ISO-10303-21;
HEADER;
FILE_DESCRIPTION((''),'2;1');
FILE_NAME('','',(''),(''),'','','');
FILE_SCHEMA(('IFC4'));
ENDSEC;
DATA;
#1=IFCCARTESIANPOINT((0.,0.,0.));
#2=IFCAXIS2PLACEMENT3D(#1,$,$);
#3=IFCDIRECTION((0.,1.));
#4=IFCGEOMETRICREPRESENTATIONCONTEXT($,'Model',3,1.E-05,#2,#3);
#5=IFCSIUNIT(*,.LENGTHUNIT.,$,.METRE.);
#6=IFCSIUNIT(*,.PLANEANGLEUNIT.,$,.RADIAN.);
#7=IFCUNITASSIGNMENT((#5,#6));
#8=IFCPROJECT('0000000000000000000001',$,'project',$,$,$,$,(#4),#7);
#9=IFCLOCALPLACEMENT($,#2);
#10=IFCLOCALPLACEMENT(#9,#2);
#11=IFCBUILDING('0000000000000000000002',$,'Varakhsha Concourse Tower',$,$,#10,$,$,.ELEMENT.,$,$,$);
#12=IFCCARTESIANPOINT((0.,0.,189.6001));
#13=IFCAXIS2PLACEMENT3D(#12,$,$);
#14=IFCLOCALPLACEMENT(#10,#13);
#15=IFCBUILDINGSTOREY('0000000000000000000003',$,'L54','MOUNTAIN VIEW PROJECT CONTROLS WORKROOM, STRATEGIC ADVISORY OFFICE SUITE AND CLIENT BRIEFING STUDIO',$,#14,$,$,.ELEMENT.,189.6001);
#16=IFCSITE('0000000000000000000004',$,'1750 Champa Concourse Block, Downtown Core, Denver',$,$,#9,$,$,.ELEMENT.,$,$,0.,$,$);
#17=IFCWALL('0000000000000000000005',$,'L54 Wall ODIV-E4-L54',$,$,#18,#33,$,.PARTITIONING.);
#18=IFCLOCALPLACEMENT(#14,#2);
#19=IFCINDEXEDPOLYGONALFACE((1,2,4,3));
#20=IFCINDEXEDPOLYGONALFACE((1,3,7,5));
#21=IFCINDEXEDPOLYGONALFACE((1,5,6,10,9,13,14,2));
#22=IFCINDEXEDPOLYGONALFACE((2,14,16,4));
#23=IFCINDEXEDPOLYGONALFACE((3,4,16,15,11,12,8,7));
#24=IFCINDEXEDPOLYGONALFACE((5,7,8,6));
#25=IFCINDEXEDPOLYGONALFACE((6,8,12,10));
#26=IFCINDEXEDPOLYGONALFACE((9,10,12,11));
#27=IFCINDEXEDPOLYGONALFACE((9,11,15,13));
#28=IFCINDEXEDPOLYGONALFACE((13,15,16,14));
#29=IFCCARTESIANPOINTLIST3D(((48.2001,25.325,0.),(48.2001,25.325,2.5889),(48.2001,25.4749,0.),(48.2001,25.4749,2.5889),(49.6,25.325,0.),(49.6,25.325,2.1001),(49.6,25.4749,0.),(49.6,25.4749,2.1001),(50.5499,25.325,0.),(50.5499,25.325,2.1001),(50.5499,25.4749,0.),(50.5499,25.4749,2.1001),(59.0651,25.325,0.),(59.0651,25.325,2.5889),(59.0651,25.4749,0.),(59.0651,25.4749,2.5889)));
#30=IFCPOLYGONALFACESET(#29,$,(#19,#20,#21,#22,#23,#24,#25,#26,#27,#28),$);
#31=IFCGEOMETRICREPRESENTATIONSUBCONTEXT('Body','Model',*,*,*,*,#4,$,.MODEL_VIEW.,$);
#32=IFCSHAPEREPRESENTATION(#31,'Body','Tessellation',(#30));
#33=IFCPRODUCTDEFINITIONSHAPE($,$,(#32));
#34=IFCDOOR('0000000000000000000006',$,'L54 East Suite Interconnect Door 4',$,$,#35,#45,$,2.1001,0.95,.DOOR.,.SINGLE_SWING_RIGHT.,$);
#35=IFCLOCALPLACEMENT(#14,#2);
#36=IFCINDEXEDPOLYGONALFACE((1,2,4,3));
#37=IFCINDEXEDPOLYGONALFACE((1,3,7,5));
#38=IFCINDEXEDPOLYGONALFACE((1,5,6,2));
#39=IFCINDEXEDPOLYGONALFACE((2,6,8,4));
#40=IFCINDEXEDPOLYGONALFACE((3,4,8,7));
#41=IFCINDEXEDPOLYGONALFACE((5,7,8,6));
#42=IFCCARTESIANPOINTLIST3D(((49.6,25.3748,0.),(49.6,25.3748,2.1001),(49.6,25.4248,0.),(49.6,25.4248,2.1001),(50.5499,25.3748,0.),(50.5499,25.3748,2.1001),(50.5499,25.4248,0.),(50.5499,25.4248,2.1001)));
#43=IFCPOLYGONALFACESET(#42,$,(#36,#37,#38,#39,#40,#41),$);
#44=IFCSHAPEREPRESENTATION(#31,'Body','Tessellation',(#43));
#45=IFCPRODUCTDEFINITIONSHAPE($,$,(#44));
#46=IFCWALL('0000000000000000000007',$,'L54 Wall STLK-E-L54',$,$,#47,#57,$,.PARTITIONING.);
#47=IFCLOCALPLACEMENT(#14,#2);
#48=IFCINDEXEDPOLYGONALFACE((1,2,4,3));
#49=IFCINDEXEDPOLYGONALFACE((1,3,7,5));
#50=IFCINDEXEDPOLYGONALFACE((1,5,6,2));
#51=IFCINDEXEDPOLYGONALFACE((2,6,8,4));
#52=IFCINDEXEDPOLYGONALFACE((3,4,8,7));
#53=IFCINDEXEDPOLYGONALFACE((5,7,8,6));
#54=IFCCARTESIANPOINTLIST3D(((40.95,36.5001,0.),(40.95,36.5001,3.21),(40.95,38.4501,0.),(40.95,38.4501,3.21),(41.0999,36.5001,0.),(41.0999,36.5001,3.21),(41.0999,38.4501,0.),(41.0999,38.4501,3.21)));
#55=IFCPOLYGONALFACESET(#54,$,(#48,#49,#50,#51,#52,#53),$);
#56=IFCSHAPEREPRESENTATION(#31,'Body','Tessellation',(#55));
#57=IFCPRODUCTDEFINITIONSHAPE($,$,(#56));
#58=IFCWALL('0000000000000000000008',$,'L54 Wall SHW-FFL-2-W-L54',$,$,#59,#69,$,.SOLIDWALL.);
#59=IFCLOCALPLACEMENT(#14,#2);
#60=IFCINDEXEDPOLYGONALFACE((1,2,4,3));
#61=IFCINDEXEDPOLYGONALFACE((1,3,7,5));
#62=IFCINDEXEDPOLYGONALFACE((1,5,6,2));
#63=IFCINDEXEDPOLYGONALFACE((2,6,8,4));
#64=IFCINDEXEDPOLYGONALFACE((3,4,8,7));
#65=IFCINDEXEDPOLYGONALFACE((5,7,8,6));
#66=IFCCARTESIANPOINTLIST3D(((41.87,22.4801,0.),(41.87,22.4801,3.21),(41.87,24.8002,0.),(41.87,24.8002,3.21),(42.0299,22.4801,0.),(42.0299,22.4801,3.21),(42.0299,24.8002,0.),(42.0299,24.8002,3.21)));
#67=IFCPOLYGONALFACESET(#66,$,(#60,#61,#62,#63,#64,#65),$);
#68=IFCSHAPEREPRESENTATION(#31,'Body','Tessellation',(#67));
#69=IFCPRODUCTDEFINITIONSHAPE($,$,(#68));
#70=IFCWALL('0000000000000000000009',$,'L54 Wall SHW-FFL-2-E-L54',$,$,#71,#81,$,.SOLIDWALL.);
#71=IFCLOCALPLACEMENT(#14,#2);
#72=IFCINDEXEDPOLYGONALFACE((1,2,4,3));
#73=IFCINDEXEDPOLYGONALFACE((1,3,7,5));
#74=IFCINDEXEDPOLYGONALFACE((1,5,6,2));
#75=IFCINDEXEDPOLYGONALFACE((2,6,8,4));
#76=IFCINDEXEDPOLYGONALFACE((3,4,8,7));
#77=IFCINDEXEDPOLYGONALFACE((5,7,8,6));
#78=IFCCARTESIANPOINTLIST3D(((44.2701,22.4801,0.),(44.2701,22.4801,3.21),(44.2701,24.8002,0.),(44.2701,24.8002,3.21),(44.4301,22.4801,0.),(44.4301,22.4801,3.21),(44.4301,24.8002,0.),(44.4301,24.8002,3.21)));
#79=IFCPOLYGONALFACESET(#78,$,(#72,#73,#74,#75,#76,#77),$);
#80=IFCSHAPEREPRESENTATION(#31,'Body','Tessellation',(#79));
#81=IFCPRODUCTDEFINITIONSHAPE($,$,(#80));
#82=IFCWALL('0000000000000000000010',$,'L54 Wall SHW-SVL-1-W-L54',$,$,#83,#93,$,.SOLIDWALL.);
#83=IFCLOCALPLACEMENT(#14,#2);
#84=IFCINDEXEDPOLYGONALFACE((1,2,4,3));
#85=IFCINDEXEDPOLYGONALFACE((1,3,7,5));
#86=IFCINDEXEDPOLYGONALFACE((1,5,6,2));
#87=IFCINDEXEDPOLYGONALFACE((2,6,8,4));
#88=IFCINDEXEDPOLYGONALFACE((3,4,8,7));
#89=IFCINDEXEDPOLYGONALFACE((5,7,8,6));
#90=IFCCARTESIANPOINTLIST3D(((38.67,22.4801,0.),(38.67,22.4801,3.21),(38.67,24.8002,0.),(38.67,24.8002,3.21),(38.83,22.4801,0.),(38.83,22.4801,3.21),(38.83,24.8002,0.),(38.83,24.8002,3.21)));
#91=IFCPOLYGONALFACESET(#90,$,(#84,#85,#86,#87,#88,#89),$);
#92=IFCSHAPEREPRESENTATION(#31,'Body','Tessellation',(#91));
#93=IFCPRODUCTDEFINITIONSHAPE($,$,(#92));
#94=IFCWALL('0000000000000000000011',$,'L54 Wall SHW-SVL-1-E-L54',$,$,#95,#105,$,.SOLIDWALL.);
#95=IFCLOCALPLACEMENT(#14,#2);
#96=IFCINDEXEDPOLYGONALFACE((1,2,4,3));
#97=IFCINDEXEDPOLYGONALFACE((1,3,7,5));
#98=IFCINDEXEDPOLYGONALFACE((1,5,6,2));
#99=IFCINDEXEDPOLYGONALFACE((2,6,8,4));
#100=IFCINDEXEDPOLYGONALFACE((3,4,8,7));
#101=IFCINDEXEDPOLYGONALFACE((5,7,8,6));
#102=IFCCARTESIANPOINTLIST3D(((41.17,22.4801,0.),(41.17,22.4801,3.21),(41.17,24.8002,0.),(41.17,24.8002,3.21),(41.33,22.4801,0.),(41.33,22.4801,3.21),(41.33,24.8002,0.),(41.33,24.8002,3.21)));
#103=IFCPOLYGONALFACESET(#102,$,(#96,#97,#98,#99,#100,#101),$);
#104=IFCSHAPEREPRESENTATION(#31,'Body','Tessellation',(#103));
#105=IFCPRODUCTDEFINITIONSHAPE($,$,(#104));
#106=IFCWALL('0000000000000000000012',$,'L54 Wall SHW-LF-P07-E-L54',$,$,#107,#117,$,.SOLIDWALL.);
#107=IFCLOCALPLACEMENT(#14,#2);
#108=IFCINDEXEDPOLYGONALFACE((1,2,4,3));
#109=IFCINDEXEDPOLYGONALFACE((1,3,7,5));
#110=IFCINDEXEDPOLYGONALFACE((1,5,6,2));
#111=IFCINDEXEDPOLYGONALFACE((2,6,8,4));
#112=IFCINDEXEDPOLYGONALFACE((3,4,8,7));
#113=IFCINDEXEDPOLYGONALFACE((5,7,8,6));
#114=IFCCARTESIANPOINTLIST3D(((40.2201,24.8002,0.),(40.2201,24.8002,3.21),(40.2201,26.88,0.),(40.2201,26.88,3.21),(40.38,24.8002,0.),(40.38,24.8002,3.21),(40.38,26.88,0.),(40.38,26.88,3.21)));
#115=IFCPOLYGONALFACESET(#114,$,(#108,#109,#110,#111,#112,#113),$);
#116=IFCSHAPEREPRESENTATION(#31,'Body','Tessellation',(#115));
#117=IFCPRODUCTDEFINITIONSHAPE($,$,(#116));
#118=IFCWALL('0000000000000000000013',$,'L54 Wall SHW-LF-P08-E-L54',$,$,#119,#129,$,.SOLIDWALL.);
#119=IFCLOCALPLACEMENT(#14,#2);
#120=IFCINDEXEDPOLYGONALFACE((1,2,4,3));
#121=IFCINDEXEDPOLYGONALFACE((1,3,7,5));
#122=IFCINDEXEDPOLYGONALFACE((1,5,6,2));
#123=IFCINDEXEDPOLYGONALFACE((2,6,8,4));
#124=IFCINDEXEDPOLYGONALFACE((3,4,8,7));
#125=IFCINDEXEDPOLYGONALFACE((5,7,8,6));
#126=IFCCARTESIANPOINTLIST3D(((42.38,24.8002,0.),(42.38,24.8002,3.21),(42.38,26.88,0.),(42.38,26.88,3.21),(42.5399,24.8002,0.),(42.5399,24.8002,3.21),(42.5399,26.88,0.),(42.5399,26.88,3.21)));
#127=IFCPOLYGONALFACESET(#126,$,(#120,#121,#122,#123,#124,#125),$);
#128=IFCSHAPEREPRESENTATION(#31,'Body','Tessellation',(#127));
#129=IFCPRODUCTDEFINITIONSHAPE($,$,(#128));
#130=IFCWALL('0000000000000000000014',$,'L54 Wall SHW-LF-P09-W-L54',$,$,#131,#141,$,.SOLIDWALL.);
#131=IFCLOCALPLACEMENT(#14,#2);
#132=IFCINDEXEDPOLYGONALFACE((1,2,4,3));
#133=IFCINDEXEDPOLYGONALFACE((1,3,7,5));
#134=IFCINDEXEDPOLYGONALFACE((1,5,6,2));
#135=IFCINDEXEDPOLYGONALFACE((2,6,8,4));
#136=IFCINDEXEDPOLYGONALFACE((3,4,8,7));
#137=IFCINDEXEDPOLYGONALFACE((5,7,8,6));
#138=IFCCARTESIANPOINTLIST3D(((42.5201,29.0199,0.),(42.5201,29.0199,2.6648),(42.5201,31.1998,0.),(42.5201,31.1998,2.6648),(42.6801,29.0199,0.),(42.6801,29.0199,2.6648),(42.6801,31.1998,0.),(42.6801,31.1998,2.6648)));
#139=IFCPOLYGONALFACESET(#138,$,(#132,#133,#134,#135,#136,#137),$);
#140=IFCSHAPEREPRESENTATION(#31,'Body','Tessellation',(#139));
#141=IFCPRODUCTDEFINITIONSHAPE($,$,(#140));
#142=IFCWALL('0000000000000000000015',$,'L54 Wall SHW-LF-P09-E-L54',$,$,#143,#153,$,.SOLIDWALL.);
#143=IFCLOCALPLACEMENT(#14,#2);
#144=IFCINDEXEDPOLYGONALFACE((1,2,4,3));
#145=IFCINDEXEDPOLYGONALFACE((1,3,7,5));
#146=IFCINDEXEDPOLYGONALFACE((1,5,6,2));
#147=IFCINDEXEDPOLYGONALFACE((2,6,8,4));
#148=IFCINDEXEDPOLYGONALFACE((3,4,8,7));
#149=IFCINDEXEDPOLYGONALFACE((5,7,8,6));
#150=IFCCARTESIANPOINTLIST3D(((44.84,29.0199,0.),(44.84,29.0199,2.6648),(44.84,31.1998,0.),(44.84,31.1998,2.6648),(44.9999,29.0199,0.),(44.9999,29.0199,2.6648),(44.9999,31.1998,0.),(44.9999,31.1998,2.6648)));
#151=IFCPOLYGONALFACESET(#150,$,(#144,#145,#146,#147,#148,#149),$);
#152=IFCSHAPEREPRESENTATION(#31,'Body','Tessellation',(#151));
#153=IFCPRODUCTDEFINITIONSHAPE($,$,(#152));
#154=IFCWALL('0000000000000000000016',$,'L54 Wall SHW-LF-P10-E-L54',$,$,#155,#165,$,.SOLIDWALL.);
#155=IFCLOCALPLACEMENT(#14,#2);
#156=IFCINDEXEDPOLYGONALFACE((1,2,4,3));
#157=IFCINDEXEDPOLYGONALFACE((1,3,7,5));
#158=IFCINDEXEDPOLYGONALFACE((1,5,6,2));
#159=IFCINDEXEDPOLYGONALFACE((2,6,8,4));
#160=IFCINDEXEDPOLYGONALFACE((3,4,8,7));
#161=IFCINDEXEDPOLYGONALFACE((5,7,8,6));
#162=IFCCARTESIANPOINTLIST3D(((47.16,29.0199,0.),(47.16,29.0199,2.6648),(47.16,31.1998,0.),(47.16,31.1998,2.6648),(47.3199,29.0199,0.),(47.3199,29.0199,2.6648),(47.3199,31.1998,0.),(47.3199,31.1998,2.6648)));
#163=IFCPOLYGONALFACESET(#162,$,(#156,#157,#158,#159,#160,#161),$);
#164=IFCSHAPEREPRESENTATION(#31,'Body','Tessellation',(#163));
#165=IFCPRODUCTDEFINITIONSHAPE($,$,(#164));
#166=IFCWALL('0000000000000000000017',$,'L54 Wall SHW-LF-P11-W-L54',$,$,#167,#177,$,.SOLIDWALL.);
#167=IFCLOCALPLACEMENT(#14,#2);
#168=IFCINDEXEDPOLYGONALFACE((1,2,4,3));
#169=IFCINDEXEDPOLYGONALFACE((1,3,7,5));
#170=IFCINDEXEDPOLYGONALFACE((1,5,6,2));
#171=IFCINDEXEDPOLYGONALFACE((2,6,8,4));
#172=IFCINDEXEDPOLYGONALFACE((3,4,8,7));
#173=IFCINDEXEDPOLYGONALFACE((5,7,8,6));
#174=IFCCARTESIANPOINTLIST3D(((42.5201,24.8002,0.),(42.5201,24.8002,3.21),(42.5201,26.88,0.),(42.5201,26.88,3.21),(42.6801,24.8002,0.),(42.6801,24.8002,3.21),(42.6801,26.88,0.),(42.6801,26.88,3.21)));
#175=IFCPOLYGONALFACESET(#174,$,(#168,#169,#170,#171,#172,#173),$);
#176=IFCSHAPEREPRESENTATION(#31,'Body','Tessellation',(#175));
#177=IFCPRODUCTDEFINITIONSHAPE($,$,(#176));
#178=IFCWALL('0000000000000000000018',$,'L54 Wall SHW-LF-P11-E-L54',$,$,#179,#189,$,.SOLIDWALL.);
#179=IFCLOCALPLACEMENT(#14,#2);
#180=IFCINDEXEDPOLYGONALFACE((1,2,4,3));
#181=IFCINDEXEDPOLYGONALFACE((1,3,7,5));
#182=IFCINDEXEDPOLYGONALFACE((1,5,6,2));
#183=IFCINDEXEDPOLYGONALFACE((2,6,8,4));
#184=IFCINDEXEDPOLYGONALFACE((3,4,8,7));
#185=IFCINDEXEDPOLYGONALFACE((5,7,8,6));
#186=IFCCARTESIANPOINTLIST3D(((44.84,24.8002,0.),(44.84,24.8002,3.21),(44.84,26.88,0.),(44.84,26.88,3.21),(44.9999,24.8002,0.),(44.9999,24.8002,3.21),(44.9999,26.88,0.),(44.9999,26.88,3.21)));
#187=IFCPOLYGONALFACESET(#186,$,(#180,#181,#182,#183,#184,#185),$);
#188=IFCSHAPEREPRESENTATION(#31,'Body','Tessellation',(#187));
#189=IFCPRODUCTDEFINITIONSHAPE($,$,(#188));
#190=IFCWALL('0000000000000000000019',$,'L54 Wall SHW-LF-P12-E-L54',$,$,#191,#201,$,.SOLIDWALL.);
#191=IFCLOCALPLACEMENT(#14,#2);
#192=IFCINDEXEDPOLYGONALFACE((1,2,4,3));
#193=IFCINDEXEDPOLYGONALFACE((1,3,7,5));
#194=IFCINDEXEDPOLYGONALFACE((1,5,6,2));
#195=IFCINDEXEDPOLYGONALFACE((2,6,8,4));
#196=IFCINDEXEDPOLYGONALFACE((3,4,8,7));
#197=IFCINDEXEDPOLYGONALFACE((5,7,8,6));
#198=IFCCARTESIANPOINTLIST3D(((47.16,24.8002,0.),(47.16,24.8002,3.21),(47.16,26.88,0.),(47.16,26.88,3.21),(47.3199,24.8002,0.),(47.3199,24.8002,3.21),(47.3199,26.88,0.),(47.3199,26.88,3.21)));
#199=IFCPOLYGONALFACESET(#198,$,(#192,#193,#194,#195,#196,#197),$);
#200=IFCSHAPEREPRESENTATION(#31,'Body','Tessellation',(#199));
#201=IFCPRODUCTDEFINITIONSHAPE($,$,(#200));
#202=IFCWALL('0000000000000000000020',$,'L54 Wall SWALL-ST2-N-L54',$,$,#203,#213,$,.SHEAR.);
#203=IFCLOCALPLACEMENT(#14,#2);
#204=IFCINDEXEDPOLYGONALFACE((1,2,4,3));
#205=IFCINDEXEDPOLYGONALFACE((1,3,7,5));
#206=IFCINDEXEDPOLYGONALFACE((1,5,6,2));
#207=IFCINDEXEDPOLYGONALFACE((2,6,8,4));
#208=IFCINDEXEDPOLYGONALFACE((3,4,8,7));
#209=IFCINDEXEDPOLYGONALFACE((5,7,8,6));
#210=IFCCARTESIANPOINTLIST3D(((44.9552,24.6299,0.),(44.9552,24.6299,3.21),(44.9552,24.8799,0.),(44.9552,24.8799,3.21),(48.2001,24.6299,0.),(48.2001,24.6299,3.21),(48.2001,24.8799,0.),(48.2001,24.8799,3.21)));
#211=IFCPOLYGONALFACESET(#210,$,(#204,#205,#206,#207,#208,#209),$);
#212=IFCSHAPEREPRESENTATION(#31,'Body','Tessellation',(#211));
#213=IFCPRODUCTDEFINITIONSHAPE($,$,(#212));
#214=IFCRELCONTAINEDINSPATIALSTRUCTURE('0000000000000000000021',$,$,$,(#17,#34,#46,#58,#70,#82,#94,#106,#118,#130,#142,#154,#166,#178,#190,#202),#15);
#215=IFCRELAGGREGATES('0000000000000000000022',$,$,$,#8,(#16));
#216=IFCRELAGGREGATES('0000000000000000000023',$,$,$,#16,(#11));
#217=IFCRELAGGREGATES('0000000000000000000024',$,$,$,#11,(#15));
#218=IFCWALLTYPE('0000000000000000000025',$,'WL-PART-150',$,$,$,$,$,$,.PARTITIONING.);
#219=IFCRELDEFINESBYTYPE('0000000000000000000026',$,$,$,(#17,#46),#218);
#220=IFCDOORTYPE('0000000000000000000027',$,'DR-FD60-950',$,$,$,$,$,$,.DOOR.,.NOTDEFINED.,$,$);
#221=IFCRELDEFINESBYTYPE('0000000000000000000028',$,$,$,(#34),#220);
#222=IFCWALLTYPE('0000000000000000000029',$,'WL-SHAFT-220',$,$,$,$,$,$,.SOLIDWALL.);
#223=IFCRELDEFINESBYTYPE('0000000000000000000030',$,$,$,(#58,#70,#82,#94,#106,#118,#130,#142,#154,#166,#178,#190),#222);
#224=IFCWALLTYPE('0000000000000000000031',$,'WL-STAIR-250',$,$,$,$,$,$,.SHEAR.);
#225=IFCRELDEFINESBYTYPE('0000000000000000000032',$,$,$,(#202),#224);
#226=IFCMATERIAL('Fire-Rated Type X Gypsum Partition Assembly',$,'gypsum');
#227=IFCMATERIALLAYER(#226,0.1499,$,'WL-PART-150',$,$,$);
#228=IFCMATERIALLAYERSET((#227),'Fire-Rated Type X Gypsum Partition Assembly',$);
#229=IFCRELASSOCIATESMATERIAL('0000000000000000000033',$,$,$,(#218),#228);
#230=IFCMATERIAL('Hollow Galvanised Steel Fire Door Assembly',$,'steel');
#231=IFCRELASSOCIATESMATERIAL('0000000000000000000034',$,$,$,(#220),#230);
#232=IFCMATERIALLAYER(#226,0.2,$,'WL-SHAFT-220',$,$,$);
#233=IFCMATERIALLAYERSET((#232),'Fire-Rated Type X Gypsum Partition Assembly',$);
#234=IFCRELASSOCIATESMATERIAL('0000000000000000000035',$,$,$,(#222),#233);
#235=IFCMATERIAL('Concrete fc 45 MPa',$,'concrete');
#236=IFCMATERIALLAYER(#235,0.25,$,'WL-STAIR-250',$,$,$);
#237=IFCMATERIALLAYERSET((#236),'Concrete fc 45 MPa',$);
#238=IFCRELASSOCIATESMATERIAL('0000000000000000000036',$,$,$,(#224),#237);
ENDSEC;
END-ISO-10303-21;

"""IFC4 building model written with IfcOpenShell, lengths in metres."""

from ifc_helpers import new_model, si_unit, direction, frame, frame_2d, origin, place, context, subcontext, project, spatial, rectangle, extrude, material, layer, layer_set, type_object, element, fill, save


model = new_model("IFC4")

# Units and contexts
model_context = context("Model", 3, precision=1e-05, world=origin(), true_north=direction((0.0, 1.0)))
body_context = subcontext(model_context, "Body", "Model", "MODEL_VIEW")
ifc_project = project(units=[si_unit("LENGTHUNIT", "METRE"), si_unit("PLANEANGLEUNIT", "RADIAN")], contexts=[model_context])

# Site, building, storey
site_placement = place(None, origin())
site = spatial("IfcSite", under=ifc_project, at=site_placement, Name="1750 Champa Concourse Block, Downtown Core, Denver", CompositionType="ELEMENT", RefElevation=0.0)
building_placement = place(site_placement, origin())
building = spatial("IfcBuilding", under=site, at=building_placement, Name="Varakhsha Concourse Tower", CompositionType="ELEMENT")
storey_placement = place(building_placement, frame((0.0, 0.0, 189.6001)))
storey = spatial("IfcBuildingStorey", under=building, at=storey_placement, Name="L54", Description="MOUNTAIN VIEW PROJECT CONTROLS WORKROOM, STRATEGIC ADVISORY OFFICE SUITE AND CLIENT BRIEFING STUDIO", CompositionType="ELEMENT", Elevation=189.6001)

# Shared definitions
ifc_material_1 = material(Name="Fire-Rated Type X Gypsum Partition Assembly", Category="gypsum")
ifc_layer_1 = layer(ifc_material_1, 0.1499, Name="WL-PART-150")
ifc_layer_set_1 = layer_set([ifc_layer_1], Name="Fire-Rated Type X Gypsum Partition Assembly")
wall_type_1 = type_object("IfcWallType", Name="WL-PART-150", PredefinedType="PARTITIONING", material=ifc_layer_set_1)

# Wall, opening, door
ifc_material_2 = material(Name="Hollow Galvanised Steel Fire Door Assembly", Category="steel")
door_type = type_object("IfcDoorType", Name="DR-FD60-950", OperationType="NOTDEFINED", PredefinedType="DOOR", material=ifc_material_2)
wall_1_placement = place(storey_placement, frame((48.2, 25.3999, 0.0), z_axis=(0.0, 0.0, 1.0), x_axis=(1.0, 0.0, 0.0)))
wall_1 = element("IfcWall", 1, at=wall_1_placement, inside=storey, type_object=wall_type_1, Name="L54 Wall ODIV-E4-L54", PredefinedType="PARTITIONING", context=body_context, shape_type="SweptSolid", body=[
    extrude(rectangle(XDim=10.865, YDim=0.1499, at=frame_2d((5.4326, 0.0))), origin(), (0.0, 0.0, 1.0), 2.5889),
])
opening_1_placement = place(wall_1_placement, frame((1.3999, 0.0, 0.0)))
opening_1 = element("IfcOpeningElement", 2, at=opening_1_placement, cuts=wall_1, PredefinedType="OPENING", context=body_context, shape_type="SweptSolid", body=[
    extrude(rectangle(XDim=0.95, YDim=2.1001, at=frame_2d((0.4751, 1.05))), frame((0.0, 0.085, 0.0), z_axis=(0.0, -1.0, 0.0), x_axis=(1.0, 0.0, 0.0)), (0.0, 0.0, 1.0), 0.1699),
])
door_1_placement = place(opening_1_placement, origin())
door_1 = element("IfcDoor", 3, at=door_1_placement, inside=storey, type_object=door_type, Name="L54 East Suite Interconnect Door 4", OperationType="SINGLE_SWING_RIGHT", OverallHeight=2.1001, OverallWidth=0.95, PredefinedType="DOOR", context=body_context, shape_type="SweptSolid", body=[
    extrude(rectangle(XDim=0.95, YDim=2.1001, at=frame_2d((0.4751, 1.05))), frame((0.0, 0.0249, 0.0), z_axis=(0.0, -1.0, 0.0), x_axis=(1.0, 0.0, 0.0)), (0.0, 0.0, 1.0), 0.05),
])
fill(opening_1, door_1)

# Walls
wall_2_placement = place(storey_placement, frame((41.0249, 36.5, 0.0), z_axis=(0.0, 0.0, 1.0), x_axis=(0.0, 1.0, 0.0)))
element("IfcWall", 4, at=wall_2_placement, inside=storey, type_object=wall_type_1, Name="L54 Wall STLK-E-L54", PredefinedType="PARTITIONING", context=body_context, shape_type="SweptSolid", body=[
    extrude(rectangle(XDim=1.95, YDim=0.1499, at=frame_2d((0.9751, 0.0))), origin(), (0.0, 0.0, 1.0), 3.21),
])
ifc_layer_2 = layer(ifc_material_1, 0.2, Name="WL-SHAFT-220")
ifc_layer_set_2 = layer_set([ifc_layer_2], Name="Fire-Rated Type X Gypsum Partition Assembly")
wall_type_2 = type_object("IfcWallType", Name="WL-SHAFT-220", PredefinedType="SOLIDWALL", material=ifc_layer_set_2)
for number, where, z_axis, x_axis, name in (
    (5, (41.95, 22.48, 0.0), (0.0, 0.0, 1.0), (0.0, 1.0, 0.0), "L54 Wall SHW-FFL-2-W-L54"),
    (6, (44.3501, 22.48, 0.0), (0.0, 0.0, 1.0), (0.0, 1.0, 0.0), "L54 Wall SHW-FFL-2-E-L54"),
    (7, (38.75, 22.48, 0.0), (0.0, 0.0, 1.0), (0.0, 1.0, 0.0), "L54 Wall SHW-SVL-1-W-L54"),
    (8, (41.25, 22.48, 0.0), (0.0, 0.0, 1.0), (0.0, 1.0, 0.0), "L54 Wall SHW-SVL-1-E-L54"),
):
    element("IfcWall", number, at=place(storey_placement, frame(where, z_axis=z_axis, x_axis=x_axis)), inside=storey, type_object=wall_type_2, Name=name, PredefinedType="SOLIDWALL", context=body_context, shape_type="SweptSolid", body=[
        extrude(rectangle(XDim=2.3201, YDim=0.1599, at=frame_2d((1.1602, 0.0))), origin(), (0.0, 0.0, 1.0), 3.21),
    ])
for number, where, z_axis, x_axis, name in (
    (9, (40.3, 24.8, 0.0), (0.0, 0.0, 1.0), (0.0, 1.0, 0.0), "L54 Wall SHW-LF-P07-E-L54"),
    (10, (42.46, 24.8, 0.0), (0.0, 0.0, 1.0), (0.0, 1.0, 0.0), "L54 Wall SHW-LF-P08-E-L54"),
):
    element("IfcWall", number, at=place(storey_placement, frame(where, z_axis=z_axis, x_axis=x_axis)), inside=storey, type_object=wall_type_2, Name=name, PredefinedType="SOLIDWALL", context=body_context, shape_type="SweptSolid", body=[
        extrude(rectangle(XDim=2.0798, YDim=0.1599, at=frame_2d((1.04, 0.0))), origin(), (0.0, 0.0, 1.0), 3.21),
    ])
for number, where, z_axis, x_axis, name in (
    (11, (42.6001, 29.02, 0.0), (0.0, 0.0, 1.0), (0.0, 1.0, 0.0), "L54 Wall SHW-LF-P09-W-L54"),
    (12, (44.9199, 29.02, 0.0), (0.0, 0.0, 1.0), (0.0, 1.0, 0.0), "L54 Wall SHW-LF-P09-E-L54"),
    (13, (47.24, 29.02, 0.0), (0.0, 0.0, 1.0), (0.0, 1.0, 0.0), "L54 Wall SHW-LF-P10-E-L54"),
):
    element("IfcWall", number, at=place(storey_placement, frame(where, z_axis=z_axis, x_axis=x_axis)), inside=storey, type_object=wall_type_2, Name=name, PredefinedType="SOLIDWALL", context=body_context, shape_type="SweptSolid", body=[
        extrude(rectangle(XDim=2.1799, YDim=0.1599, at=frame_2d((1.0898, 0.0))), origin(), (0.0, 0.0, 1.0), 2.6648),
    ])
for number, where, z_axis, x_axis, name in (
    (14, (42.6001, 24.8, 0.0), (0.0, 0.0, 1.0), (0.0, 1.0, 0.0), "L54 Wall SHW-LF-P11-W-L54"),
    (15, (44.9199, 24.8, 0.0), (0.0, 0.0, 1.0), (0.0, 1.0, 0.0), "L54 Wall SHW-LF-P11-E-L54"),
    (16, (47.24, 24.8, 0.0), (0.0, 0.0, 1.0), (0.0, 1.0, 0.0), "L54 Wall SHW-LF-P12-E-L54"),
):
    element("IfcWall", number, at=place(storey_placement, frame(where, z_axis=z_axis, x_axis=x_axis)), inside=storey, type_object=wall_type_2, Name=name, PredefinedType="SOLIDWALL", context=body_context, shape_type="SweptSolid", body=[
        extrude(rectangle(XDim=2.0798, YDim=0.1599, at=frame_2d((1.04, 0.0))), origin(), (0.0, 0.0, 1.0), 3.21),
    ])
ifc_material_3 = material(Name="Concrete fc 45 MPa", Category="concrete")
ifc_layer_3 = layer(ifc_material_3, 0.25, Name="WL-STAIR-250")
ifc_layer_set_3 = layer_set([ifc_layer_3], Name="Concrete fc 45 MPa")
wall_type_3 = type_object("IfcWallType", Name="WL-STAIR-250", PredefinedType="SHEAR", material=ifc_layer_set_3)
wall_3_placement = place(storey_placement, frame((44.9551, 24.7549, 0.0), z_axis=(0.0, 0.0, 1.0), x_axis=(1.0, 0.0, 0.0)))
element("IfcWall", 17, at=wall_3_placement, inside=storey, type_object=wall_type_3, Name="L54 Wall SWALL-ST2-N-L54", PredefinedType="SHEAR", context=body_context, shape_type="SweptSolid", body=[
    extrude(rectangle(XDim=3.2449, YDim=0.25, at=frame_2d((1.6226, 0.0))), origin(), (0.0, 0.0, 1.0), 3.21),
])

save(model, "model.ifc")
